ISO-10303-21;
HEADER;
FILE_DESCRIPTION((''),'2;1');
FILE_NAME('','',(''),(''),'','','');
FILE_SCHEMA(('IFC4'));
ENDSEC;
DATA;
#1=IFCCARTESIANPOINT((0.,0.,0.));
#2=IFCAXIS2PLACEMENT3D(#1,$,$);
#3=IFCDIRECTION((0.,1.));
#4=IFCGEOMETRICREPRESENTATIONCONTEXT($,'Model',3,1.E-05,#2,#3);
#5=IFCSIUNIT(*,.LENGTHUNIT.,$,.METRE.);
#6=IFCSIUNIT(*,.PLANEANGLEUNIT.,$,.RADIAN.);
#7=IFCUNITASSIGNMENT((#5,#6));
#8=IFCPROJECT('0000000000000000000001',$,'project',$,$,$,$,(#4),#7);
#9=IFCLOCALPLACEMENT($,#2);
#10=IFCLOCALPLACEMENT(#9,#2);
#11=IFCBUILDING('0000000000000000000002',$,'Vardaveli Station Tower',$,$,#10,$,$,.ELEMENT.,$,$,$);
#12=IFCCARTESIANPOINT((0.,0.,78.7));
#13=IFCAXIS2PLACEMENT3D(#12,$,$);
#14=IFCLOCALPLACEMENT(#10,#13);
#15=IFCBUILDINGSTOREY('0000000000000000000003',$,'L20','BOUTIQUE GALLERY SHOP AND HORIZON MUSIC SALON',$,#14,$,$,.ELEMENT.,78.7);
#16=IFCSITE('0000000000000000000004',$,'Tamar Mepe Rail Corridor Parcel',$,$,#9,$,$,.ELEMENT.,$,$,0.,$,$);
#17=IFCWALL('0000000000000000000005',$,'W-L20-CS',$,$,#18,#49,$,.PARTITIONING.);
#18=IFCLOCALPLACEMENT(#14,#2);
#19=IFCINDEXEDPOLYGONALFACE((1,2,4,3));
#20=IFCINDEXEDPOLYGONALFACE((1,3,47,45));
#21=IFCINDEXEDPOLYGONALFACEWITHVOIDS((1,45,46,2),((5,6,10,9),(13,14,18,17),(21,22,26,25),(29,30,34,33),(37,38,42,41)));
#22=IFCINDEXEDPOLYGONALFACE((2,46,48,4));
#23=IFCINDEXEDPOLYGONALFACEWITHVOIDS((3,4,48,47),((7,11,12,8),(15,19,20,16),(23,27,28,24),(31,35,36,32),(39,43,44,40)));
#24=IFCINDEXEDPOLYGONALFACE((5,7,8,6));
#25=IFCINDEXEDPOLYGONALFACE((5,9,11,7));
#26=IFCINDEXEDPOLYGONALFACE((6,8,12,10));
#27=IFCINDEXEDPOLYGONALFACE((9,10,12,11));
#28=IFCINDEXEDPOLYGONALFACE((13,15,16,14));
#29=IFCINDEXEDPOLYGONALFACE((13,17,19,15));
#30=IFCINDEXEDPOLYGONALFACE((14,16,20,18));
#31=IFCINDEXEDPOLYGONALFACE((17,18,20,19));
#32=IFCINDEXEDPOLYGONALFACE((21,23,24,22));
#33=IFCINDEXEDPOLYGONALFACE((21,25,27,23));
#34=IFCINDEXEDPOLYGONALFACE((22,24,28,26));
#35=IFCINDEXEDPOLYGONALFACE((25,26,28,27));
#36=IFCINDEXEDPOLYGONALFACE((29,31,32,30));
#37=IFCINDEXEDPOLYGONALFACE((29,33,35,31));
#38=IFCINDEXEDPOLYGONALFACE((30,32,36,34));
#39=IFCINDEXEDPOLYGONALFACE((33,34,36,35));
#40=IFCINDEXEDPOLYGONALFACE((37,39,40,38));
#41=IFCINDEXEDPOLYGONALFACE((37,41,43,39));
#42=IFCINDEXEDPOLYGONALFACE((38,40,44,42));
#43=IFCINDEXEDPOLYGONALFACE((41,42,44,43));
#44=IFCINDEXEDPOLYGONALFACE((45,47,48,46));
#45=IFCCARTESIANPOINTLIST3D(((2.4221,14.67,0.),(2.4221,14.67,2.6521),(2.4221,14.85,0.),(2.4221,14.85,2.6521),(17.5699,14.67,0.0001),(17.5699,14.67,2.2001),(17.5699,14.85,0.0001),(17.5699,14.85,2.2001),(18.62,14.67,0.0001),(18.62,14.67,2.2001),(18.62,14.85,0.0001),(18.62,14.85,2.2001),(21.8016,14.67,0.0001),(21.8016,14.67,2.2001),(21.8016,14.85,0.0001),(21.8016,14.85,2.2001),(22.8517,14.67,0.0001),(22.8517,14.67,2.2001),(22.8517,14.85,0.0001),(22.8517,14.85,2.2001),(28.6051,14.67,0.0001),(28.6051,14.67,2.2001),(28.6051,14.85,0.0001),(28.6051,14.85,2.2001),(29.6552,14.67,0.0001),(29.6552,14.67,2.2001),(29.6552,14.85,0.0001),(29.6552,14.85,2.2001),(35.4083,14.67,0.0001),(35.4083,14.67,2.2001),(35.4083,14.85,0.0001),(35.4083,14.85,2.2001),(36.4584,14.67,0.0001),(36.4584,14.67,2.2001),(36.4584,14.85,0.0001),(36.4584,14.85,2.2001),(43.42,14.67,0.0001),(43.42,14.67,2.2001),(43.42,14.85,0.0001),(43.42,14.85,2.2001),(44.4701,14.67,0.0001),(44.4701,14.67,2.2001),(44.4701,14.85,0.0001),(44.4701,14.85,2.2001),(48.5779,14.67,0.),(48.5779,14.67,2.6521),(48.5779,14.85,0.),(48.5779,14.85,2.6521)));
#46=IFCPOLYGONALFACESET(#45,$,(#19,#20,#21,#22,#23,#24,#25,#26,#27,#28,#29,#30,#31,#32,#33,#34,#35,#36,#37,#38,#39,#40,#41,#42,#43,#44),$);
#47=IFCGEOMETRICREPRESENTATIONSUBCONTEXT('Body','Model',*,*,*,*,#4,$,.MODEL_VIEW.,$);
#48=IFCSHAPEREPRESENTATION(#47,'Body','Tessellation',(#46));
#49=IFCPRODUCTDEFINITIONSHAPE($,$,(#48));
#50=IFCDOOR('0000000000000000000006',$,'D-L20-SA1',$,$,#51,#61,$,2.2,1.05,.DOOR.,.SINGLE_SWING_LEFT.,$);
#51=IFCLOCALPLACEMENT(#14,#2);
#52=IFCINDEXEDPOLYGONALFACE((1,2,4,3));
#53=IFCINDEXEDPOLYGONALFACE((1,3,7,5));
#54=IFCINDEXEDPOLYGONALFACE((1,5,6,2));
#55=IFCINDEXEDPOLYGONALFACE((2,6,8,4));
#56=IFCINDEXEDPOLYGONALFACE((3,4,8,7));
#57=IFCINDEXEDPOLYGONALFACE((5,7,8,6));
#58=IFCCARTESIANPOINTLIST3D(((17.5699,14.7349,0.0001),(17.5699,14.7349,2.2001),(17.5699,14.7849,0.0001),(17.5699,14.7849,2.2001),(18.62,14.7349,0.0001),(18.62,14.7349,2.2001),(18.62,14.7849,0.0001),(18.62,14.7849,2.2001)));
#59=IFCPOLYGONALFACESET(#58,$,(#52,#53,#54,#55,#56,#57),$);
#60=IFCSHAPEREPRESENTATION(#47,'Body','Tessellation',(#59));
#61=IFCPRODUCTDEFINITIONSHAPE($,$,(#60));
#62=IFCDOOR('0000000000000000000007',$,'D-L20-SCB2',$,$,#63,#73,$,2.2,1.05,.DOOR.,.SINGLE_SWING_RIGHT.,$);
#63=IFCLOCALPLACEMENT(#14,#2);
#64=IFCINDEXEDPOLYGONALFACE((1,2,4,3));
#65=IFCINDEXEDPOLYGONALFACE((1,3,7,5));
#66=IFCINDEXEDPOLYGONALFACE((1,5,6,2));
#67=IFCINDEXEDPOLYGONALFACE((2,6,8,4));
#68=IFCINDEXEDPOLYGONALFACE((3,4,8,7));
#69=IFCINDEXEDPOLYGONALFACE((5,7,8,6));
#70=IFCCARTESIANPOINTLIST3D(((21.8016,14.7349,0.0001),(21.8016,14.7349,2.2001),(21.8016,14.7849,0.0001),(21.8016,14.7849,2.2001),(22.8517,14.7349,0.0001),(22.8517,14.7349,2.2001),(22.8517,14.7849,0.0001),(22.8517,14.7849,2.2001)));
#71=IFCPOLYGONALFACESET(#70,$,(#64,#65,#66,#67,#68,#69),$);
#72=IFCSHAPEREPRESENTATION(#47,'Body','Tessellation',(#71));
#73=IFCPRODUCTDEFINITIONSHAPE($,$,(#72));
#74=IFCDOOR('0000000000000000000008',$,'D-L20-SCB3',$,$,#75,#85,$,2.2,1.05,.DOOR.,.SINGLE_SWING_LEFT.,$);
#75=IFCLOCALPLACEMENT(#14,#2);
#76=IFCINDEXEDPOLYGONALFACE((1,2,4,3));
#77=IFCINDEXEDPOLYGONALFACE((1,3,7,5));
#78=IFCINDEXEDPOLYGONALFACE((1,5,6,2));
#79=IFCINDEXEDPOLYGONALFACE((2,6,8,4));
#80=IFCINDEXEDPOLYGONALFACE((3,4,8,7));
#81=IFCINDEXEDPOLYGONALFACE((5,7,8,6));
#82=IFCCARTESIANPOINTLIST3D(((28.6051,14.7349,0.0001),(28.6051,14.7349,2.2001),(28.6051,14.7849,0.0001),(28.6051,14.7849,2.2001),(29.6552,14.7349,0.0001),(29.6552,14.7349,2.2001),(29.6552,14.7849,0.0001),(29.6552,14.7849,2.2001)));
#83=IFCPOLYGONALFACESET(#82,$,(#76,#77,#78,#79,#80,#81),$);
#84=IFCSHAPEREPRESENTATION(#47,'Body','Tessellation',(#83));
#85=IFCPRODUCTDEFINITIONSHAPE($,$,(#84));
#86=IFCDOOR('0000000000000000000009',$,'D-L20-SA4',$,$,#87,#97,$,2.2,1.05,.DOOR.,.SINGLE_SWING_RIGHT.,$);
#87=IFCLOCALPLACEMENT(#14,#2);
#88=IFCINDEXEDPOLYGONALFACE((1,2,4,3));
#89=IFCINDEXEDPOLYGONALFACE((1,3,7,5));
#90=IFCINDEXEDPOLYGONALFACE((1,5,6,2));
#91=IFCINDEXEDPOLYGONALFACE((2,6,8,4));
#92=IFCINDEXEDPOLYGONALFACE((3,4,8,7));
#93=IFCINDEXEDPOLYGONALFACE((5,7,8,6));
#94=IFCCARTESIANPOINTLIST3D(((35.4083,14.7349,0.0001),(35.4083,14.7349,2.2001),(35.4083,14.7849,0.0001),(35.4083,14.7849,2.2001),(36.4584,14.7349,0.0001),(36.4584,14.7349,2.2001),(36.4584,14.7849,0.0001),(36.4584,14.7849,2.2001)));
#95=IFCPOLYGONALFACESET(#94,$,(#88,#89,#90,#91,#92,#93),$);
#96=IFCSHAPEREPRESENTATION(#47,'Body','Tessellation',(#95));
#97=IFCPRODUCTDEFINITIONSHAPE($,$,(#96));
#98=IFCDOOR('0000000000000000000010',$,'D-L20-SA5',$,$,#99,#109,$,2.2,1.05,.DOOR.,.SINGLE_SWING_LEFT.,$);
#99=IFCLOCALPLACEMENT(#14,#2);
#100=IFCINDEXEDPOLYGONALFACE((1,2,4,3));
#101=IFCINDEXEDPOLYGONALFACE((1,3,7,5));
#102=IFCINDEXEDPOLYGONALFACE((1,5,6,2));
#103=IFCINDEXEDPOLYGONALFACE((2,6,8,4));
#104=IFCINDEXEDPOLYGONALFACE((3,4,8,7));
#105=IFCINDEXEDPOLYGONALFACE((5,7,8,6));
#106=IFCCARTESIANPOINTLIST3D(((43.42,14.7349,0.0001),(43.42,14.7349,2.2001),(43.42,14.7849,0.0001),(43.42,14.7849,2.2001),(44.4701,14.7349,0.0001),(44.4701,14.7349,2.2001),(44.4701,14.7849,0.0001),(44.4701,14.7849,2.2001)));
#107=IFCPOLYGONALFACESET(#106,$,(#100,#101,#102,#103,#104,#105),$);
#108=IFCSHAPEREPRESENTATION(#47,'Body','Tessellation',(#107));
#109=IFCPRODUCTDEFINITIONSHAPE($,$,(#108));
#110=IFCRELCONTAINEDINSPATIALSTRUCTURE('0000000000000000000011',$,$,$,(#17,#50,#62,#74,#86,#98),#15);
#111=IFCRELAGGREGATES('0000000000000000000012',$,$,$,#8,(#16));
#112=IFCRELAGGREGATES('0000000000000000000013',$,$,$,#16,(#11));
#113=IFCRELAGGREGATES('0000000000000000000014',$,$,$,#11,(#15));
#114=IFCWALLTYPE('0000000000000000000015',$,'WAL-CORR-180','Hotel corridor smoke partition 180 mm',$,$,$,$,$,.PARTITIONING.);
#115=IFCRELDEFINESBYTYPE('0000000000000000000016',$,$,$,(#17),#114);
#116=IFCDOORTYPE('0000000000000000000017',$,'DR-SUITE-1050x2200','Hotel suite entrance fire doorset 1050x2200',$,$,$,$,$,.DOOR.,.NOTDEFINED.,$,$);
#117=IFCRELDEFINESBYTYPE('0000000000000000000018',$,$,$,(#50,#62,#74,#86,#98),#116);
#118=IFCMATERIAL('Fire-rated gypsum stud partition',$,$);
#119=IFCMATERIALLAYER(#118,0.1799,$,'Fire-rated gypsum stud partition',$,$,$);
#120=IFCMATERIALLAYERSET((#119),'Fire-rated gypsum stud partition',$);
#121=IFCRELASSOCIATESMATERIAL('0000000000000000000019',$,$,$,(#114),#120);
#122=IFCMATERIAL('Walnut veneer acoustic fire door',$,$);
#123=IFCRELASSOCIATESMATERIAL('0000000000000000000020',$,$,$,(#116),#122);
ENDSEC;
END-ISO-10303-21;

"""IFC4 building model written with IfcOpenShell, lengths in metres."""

from ifc_helpers import new_model, si_unit, direction, frame, frame_2d, origin, place, context, subcontext, project, spatial, rectangle, extrude, source, transform, mapped, material, layer, layer_set, type_object, element, fill, save


model = new_model("IFC4")

# Units and contexts
model_context = context("Model", 3, precision=1e-05, world=origin(), true_north=direction((0.0, 1.0)))
body_context = subcontext(model_context, "Body", "Model", "MODEL_VIEW")
ifc_project = project(units=[si_unit("LENGTHUNIT", "METRE"), si_unit("PLANEANGLEUNIT", "RADIAN")], contexts=[model_context])

# Site, building, storey
site_placement = place(None, origin())
site = spatial("IfcSite", under=ifc_project, at=site_placement, Name="Tamar Mepe Rail Corridor Parcel", CompositionType="ELEMENT", RefElevation=0.0)
building_placement = place(site_placement, origin())
building = spatial("IfcBuilding", under=site, at=building_placement, Name="Vardaveli Station Tower", CompositionType="ELEMENT")
storey_placement = place(building_placement, frame((0.0, 0.0, 78.7)))
storey = spatial("IfcBuildingStorey", under=building, at=storey_placement, Name="L20", Description="BOUTIQUE GALLERY SHOP AND HORIZON MUSIC SALON", CompositionType="ELEMENT", Elevation=78.7)

# Wall, openings, doors
ifc_material_1 = material(Name="Fire-rated gypsum stud partition")
ifc_layer_1 = layer(ifc_material_1, 0.1799, Name="Fire-rated gypsum stud partition")
ifc_layer_set_1 = layer_set([ifc_layer_1], Name="Fire-rated gypsum stud partition")
wall_type_1 = type_object("IfcWallType", Name="WAL-CORR-180", Description="Hotel corridor smoke partition 180 mm", PredefinedType="PARTITIONING", material=ifc_layer_set_1)
shared_shape_1 = source(origin(), body_context, "Body", "SweptSolid", [
    extrude(rectangle(XDim=46.1558, YDim=0.1799, at=frame_2d((23.0779, 0.0))), origin(), (0.0, 0.0, 1.0), 2.6521),
])
wall_1_placement = place(storey_placement, frame((2.4221, 14.76, 0.0), z_axis=(0.0, 0.0, 1.0), x_axis=(1.0, 0.0, 0.0)))
wall_1 = element("IfcWall", 1, at=wall_1_placement, inside=storey, type_object=wall_type_1, Name="W-L20-CS", PredefinedType="PARTITIONING", context=body_context, shape_type="MappedRepresentation", body=[
    mapped(shared_shape_1, transform((0.0, 0.0, 0.0), scale=1.0)),
])
shared_shape_2 = source(origin(), body_context, "Body", "SweptSolid", [
    extrude(rectangle(XDim=1.05, YDim=2.2, at=frame_2d((0.5249, 1.1001))), frame((0.0, 0.1001, 0.0), z_axis=(0.0, -1.0, 0.0), x_axis=(1.0, 0.0, 0.0)), (0.0, 0.0, 1.0), 0.2),
])
opening_1_placement = place(wall_1_placement, frame((15.1479, 0.0, 0.0)))
opening_1 = element("IfcOpeningElement", 2, at=opening_1_placement, cuts=wall_1, PredefinedType="OPENING", context=body_context, shape_type="MappedRepresentation", body=[
    mapped(shared_shape_2, transform((0.0, 0.0, 0.0), scale=1.0)),
])
opening_2_placement = place(wall_1_placement, frame((19.3796, 0.0, 0.0)))
opening_2 = element("IfcOpeningElement", 3, at=opening_2_placement, cuts=wall_1, PredefinedType="OPENING", context=body_context, shape_type="MappedRepresentation", body=[
    mapped(shared_shape_2, transform((0.0, 0.0, 0.0), scale=1.0)),
])
opening_3_placement = place(wall_1_placement, frame((26.1831, 0.0, 0.0)))
opening_3 = element("IfcOpeningElement", 4, at=opening_3_placement, cuts=wall_1, PredefinedType="OPENING", context=body_context, shape_type="MappedRepresentation", body=[
    mapped(shared_shape_2, transform((0.0, 0.0, 0.0), scale=1.0)),
])
opening_4_placement = place(wall_1_placement, frame((32.9863, 0.0, 0.0)))
opening_4 = element("IfcOpeningElement", 5, at=opening_4_placement, cuts=wall_1, PredefinedType="OPENING", context=body_context, shape_type="MappedRepresentation", body=[
    mapped(shared_shape_2, transform((0.0, 0.0, 0.0), scale=1.0)),
])
opening_5_placement = place(wall_1_placement, frame((40.998, 0.0, 0.0)))
opening_5 = element("IfcOpeningElement", 6, at=opening_5_placement, cuts=wall_1, PredefinedType="OPENING", context=body_context, shape_type="MappedRepresentation", body=[
    mapped(shared_shape_2, transform((0.0, 0.0, 0.0), scale=1.0)),
])
ifc_material_2 = material(Name="Walnut veneer acoustic fire door")
door_type = type_object("IfcDoorType", Name="DR-SUITE-1050x2200", Description="Hotel suite entrance fire doorset 1050x2200", OperationType="NOTDEFINED", PredefinedType="DOOR", material=ifc_material_2)
shared_shape_3 = source(origin(), body_context, "Body", "SweptSolid", [
    extrude(rectangle(XDim=1.05, YDim=2.2, at=frame_2d((0.5249, 1.1001))), frame((0.0, 0.0249, 0.0), z_axis=(0.0, -1.0, 0.0), x_axis=(1.0, 0.0, 0.0)), (0.0, 0.0, 1.0), 0.05),
])
door_1_placement = place(opening_1_placement, origin())
door_1 = element("IfcDoor", 7, at=door_1_placement, inside=storey, type_object=door_type, Name="D-L20-SA1", OperationType="SINGLE_SWING_LEFT", OverallHeight=2.2, OverallWidth=1.05, PredefinedType="DOOR", context=body_context, shape_type="MappedRepresentation", body=[
    mapped(shared_shape_3, transform((0.0, 0.0, 0.0), scale=1.0)),
])
fill(opening_1, door_1)
door_2_placement = place(opening_2_placement, origin())
door_2 = element("IfcDoor", 8, at=door_2_placement, inside=storey, type_object=door_type, Name="D-L20-SCB2", OperationType="SINGLE_SWING_RIGHT", OverallHeight=2.2, OverallWidth=1.05, PredefinedType="DOOR", context=body_context, shape_type="MappedRepresentation", body=[
    mapped(shared_shape_3, transform((0.0, 0.0, 0.0), scale=1.0)),
])
fill(opening_2, door_2)
door_3_placement = place(opening_3_placement, origin())
door_3 = element("IfcDoor", 9, at=door_3_placement, inside=storey, type_object=door_type, Name="D-L20-SCB3", OperationType="SINGLE_SWING_LEFT", OverallHeight=2.2, OverallWidth=1.05, PredefinedType="DOOR", context=body_context, shape_type="MappedRepresentation", body=[
    mapped(shared_shape_3, transform((0.0, 0.0, 0.0), scale=1.0)),
])
fill(opening_3, door_3)
door_4_placement = place(opening_4_placement, origin())
door_4 = element("IfcDoor", 10, at=door_4_placement, inside=storey, type_object=door_type, Name="D-L20-SA4", OperationType="SINGLE_SWING_RIGHT", OverallHeight=2.2, OverallWidth=1.05, PredefinedType="DOOR", context=body_context, shape_type="MappedRepresentation", body=[
    mapped(shared_shape_3, transform((0.0, 0.0, 0.0), scale=1.0)),
])
fill(opening_4, door_4)
door_5_placement = place(opening_5_placement, origin())
door_5 = element("IfcDoor", 11, at=door_5_placement, inside=storey, type_object=door_type, Name="D-L20-SA5", OperationType="SINGLE_SWING_LEFT", OverallHeight=2.2, OverallWidth=1.05, PredefinedType="DOOR", context=body_context, shape_type="MappedRepresentation", body=[
    mapped(shared_shape_3, transform((0.0, 0.0, 0.0), scale=1.0)),
])
fill(opening_5, door_5)

save(model, "model.ifc")
